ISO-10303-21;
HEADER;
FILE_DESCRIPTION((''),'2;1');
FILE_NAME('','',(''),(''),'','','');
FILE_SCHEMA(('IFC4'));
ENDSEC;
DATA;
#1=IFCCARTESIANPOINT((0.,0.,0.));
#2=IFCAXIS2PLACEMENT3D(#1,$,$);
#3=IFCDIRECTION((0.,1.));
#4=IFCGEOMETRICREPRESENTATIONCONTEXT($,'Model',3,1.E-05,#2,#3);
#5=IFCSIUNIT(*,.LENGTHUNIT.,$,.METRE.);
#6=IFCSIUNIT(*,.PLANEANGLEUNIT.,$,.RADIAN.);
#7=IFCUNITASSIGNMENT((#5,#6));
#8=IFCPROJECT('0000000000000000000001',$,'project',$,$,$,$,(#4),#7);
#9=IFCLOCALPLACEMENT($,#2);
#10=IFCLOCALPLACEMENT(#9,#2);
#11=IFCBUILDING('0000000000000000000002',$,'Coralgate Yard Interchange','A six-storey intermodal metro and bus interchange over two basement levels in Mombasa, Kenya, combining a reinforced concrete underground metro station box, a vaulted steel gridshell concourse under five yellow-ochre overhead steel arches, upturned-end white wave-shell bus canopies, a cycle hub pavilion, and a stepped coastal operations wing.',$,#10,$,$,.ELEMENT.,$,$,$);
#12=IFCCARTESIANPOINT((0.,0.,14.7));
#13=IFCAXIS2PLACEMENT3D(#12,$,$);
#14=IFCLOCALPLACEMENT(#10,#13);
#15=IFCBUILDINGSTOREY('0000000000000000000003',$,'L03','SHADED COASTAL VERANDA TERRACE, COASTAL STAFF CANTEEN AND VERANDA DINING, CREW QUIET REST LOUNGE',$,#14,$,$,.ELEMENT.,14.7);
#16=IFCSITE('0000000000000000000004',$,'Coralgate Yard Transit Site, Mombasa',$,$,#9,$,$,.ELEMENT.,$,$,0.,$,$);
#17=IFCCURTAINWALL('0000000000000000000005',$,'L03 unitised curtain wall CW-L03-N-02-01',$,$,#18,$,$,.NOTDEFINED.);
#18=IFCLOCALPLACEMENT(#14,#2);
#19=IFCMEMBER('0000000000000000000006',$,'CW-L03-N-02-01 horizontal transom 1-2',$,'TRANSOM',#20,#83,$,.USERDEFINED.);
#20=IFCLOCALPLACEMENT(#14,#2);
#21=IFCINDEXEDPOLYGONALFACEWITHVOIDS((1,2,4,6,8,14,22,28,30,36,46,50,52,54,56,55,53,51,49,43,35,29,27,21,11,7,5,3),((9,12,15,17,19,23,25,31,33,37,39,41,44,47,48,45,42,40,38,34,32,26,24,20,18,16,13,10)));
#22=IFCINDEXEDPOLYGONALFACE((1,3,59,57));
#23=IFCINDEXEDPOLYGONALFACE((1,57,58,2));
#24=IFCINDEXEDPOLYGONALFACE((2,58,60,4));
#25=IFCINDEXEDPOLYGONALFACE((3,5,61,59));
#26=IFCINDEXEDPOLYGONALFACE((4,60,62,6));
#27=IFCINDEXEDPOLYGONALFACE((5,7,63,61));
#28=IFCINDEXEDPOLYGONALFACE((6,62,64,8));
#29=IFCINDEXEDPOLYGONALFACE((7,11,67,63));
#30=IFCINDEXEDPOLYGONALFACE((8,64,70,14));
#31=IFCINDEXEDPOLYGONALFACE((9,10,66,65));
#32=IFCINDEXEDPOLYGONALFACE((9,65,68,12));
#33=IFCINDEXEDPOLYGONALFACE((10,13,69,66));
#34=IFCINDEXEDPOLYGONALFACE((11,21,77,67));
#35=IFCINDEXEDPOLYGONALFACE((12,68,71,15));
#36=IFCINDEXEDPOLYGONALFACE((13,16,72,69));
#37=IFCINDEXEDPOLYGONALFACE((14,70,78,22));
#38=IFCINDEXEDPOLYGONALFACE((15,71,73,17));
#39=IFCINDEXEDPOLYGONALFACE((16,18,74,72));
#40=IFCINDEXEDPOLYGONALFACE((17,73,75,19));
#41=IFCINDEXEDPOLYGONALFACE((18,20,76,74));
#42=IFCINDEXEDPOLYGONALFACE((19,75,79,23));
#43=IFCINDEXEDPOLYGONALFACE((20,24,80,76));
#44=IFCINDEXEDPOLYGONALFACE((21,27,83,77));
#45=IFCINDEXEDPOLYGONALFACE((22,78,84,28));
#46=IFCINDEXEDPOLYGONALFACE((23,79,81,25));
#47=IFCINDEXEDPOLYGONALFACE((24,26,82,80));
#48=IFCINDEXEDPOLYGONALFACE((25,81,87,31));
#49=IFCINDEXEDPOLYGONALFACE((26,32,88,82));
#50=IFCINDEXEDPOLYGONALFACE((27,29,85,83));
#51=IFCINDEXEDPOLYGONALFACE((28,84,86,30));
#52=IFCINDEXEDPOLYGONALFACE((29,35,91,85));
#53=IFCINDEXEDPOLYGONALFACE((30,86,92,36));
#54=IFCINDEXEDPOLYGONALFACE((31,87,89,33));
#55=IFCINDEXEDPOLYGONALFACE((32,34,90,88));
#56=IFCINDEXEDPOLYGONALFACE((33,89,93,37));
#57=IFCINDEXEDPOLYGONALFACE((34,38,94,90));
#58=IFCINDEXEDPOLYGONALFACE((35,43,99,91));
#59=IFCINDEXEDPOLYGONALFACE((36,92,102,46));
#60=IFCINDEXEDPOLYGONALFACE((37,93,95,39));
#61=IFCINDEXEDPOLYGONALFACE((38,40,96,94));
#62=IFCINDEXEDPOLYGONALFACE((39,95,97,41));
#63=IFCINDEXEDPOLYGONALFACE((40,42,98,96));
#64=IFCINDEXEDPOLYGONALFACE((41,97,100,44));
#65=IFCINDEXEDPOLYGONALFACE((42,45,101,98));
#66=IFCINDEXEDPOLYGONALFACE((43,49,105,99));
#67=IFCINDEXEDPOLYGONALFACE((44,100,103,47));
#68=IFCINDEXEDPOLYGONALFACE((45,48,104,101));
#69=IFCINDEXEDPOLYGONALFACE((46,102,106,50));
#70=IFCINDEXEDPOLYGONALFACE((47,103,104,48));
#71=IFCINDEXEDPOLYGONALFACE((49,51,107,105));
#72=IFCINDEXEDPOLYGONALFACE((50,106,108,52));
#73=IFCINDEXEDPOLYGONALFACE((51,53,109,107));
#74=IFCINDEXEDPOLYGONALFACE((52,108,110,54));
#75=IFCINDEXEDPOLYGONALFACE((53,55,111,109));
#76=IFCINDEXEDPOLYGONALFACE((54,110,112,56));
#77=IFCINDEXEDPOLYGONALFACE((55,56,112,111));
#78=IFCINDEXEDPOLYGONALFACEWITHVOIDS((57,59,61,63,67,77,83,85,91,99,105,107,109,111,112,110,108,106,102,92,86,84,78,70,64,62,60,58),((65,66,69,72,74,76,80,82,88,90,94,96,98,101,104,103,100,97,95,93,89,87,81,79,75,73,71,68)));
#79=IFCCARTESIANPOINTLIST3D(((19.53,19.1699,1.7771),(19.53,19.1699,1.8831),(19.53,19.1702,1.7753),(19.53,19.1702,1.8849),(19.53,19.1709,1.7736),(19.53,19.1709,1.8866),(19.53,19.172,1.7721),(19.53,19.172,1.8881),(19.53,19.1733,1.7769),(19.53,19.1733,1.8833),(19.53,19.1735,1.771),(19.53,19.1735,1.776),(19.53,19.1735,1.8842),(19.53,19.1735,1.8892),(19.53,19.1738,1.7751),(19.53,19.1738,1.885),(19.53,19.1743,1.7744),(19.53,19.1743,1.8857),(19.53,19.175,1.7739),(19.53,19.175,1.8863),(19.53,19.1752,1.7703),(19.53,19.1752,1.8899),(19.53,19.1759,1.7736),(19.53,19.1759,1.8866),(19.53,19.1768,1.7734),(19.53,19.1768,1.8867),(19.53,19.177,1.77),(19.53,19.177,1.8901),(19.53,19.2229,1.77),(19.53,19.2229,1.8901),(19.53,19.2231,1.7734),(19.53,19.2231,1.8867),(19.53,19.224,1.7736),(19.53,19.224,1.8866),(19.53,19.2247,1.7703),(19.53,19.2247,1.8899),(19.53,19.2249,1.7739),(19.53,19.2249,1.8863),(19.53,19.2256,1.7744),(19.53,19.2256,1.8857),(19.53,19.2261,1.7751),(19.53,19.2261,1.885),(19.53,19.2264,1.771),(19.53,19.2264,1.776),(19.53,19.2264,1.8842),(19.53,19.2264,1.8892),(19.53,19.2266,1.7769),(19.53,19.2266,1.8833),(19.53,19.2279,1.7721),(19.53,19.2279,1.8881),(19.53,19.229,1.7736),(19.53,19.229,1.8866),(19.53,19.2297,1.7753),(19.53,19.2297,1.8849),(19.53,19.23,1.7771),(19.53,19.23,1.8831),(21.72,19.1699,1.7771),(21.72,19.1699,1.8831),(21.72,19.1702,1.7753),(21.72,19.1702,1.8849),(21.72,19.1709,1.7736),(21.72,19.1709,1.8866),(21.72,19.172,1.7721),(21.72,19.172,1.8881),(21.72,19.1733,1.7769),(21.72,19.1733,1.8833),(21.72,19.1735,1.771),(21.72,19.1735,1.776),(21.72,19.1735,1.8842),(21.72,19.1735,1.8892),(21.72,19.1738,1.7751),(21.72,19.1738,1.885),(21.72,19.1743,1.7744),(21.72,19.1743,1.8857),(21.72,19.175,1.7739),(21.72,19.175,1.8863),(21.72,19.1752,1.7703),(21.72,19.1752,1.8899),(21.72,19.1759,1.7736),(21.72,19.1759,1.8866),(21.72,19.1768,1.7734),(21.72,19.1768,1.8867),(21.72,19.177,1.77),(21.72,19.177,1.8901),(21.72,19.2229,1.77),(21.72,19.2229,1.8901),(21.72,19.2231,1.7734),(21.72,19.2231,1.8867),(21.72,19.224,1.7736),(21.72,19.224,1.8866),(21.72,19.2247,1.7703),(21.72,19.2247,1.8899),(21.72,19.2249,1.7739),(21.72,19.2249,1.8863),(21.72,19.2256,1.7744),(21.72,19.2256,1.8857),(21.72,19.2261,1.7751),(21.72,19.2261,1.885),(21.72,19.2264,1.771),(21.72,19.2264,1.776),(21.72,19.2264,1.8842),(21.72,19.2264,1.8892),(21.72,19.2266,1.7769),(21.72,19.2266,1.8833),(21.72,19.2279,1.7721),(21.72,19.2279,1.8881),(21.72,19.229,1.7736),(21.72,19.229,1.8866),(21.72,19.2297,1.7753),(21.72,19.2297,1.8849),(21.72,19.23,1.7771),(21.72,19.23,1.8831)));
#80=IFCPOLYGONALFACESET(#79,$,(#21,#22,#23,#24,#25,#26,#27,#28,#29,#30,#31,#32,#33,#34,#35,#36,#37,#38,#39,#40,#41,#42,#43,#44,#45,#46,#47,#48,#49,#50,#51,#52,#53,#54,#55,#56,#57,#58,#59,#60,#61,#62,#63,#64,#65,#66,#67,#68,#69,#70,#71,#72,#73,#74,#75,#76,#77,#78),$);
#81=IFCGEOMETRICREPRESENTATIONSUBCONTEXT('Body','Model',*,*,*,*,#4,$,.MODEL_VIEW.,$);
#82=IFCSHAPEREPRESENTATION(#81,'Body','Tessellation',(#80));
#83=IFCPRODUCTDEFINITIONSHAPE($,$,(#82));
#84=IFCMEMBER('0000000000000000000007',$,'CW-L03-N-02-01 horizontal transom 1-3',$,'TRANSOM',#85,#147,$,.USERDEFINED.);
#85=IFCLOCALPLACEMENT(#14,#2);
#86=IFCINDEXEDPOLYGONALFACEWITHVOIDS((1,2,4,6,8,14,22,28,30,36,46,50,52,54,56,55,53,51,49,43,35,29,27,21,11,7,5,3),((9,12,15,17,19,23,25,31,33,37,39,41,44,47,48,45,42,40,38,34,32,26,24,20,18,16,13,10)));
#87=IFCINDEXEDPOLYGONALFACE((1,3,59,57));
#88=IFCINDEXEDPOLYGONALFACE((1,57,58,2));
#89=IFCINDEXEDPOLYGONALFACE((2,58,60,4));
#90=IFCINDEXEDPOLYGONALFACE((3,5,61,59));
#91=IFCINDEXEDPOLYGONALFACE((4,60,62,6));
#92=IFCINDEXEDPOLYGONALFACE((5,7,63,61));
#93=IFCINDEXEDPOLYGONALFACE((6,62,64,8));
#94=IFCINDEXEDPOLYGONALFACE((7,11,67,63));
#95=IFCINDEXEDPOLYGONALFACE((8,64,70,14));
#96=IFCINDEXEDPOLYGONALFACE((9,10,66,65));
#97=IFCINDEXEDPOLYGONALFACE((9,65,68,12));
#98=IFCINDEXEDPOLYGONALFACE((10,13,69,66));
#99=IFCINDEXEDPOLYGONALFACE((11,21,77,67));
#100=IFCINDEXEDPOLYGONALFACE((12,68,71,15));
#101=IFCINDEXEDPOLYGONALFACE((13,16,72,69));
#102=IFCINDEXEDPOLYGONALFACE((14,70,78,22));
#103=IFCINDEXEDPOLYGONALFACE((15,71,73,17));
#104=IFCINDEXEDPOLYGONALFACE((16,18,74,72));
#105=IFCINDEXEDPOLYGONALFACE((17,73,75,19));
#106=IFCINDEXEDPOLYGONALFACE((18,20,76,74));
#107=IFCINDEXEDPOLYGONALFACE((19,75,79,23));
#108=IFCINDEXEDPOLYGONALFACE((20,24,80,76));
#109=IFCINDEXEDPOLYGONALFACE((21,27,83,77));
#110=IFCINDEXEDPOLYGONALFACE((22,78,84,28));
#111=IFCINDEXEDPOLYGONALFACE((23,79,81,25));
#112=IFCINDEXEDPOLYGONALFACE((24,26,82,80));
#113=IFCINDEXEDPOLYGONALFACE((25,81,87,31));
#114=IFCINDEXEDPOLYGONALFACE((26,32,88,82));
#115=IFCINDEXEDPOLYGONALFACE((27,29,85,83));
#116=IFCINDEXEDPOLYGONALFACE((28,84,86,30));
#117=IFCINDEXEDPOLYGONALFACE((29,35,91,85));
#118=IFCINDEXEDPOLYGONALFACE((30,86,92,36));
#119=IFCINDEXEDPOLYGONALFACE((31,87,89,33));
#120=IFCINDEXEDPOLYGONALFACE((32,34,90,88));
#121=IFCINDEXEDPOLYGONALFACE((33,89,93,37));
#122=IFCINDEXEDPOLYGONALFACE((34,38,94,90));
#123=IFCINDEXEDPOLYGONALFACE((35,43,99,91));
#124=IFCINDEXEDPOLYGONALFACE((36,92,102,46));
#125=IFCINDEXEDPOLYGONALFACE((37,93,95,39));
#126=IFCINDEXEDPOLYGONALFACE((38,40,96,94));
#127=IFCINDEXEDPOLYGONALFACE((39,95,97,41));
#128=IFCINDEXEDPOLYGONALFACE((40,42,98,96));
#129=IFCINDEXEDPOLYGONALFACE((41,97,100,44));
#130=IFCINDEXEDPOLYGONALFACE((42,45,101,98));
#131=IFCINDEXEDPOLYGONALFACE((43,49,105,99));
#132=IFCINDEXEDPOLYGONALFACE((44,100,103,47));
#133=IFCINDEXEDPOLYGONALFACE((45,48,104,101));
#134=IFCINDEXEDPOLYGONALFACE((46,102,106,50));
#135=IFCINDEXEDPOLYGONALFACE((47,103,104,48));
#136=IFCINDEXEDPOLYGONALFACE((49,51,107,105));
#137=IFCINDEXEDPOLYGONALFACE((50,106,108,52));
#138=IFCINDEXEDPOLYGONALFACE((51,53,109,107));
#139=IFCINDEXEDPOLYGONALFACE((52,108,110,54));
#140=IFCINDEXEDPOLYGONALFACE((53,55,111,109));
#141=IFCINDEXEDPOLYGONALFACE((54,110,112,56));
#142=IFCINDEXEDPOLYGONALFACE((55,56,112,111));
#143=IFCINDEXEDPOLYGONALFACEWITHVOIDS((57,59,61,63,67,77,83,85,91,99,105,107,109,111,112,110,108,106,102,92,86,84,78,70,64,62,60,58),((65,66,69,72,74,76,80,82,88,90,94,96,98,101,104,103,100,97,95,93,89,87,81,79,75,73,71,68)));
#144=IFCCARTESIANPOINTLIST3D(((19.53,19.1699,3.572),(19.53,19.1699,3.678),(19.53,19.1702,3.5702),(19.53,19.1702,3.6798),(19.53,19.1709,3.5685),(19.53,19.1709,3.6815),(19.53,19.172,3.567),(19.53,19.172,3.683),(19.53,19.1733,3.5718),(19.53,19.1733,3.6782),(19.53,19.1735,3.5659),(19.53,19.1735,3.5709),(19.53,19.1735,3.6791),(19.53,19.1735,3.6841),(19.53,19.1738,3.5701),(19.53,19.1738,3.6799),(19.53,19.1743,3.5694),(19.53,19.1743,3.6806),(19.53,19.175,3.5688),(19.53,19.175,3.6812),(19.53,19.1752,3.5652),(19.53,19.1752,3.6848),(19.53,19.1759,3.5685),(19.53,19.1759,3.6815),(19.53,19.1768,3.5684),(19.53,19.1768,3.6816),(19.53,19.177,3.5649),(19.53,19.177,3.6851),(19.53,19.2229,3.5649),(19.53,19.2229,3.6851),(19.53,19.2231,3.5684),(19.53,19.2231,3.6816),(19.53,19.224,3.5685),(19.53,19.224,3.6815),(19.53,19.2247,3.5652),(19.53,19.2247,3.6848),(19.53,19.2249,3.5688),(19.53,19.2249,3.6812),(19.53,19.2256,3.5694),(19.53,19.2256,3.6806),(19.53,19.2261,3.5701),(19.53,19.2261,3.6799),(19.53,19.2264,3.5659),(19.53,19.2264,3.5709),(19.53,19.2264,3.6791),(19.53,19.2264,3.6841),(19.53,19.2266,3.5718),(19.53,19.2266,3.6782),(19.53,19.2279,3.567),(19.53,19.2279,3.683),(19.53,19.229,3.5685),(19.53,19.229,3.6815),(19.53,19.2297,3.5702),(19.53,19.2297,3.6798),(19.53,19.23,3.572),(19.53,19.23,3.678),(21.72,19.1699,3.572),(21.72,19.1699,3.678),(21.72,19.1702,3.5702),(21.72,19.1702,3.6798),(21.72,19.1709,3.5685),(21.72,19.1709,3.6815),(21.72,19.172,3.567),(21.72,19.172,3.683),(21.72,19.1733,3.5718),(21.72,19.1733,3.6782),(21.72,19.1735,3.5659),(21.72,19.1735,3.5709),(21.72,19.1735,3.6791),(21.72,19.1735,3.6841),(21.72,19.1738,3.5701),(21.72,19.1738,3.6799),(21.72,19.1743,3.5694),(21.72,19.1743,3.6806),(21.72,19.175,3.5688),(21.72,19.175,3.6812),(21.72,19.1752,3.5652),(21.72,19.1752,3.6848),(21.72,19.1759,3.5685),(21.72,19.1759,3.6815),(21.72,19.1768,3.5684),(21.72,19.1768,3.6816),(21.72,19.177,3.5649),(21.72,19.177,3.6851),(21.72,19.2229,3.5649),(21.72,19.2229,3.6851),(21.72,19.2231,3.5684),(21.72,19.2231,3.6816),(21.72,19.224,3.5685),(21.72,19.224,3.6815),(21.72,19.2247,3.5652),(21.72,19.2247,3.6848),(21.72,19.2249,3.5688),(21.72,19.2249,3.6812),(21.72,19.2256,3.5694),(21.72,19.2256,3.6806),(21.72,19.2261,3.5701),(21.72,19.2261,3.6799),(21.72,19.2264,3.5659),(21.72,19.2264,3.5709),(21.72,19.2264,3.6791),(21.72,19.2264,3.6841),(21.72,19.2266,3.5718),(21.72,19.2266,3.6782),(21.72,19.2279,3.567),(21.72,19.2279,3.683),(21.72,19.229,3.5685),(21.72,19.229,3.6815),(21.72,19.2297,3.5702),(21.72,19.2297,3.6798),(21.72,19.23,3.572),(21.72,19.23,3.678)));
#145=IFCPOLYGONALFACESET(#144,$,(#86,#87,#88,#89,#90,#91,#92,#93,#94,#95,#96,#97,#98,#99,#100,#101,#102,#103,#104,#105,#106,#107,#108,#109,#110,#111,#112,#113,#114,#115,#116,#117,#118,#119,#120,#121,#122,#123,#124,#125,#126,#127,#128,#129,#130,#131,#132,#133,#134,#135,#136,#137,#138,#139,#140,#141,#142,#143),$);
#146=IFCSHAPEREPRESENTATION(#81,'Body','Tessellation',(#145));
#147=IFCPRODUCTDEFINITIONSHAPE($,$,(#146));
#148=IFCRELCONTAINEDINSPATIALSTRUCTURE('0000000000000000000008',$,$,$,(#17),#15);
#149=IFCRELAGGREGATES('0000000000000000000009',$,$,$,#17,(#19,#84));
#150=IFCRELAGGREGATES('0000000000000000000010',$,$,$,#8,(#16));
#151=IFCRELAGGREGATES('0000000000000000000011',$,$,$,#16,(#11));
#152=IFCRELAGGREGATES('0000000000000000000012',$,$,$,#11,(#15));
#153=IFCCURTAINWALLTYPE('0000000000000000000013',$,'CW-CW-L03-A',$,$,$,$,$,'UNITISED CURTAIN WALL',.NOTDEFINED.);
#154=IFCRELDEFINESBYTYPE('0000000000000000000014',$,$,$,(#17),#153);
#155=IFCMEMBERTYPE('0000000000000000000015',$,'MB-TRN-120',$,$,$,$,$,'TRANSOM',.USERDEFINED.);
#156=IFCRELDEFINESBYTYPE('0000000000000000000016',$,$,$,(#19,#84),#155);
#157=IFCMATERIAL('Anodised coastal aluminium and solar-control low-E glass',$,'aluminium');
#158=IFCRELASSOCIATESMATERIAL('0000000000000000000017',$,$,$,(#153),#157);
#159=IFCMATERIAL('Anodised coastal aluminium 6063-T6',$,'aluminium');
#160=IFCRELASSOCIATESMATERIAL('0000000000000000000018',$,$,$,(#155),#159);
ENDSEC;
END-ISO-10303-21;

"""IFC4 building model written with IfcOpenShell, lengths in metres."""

from ifc_helpers import new_model, si_unit, direction, frame, origin, origin_2d, place, context, subcontext, project, spatial, hollow_rectangle, extrude, material, material_profile, profile_set, type_object, element, aggregate, save


model = new_model("IFC4")

# Units and contexts
model_context = context("Model", 3, precision=1e-05, world=origin(), true_north=direction((0.0, 1.0)))
body_context = subcontext(model_context, "Body", "Model", "MODEL_VIEW")
ifc_project = project(units=[si_unit("LENGTHUNIT", "METRE"), si_unit("PLANEANGLEUNIT", "RADIAN")], contexts=[model_context])

# Site, building, storey
site_placement = place(None, origin())
site = spatial("IfcSite", under=ifc_project, at=site_placement, Name="Coralgate Yard Transit Site, Mombasa", CompositionType="ELEMENT", RefElevation=0.0)
building_placement = place(site_placement, origin())
building = spatial("IfcBuilding", under=site, at=building_placement, Name="Coralgate Yard Interchange", Description="A six-storey intermodal metro and bus interchange over two basement levels in Mombasa, Kenya, combining a reinforced concrete underground metro station box, a vaulted steel gridshell concourse under five yellow-ochre overhead steel arches, upturned-end white wave-shell bus canopies, a cycle hub pavilion, and a stepped coastal operations wing.", CompositionType="ELEMENT")
storey_placement = place(building_placement, frame((0.0, 0.0, 14.7)))
storey = spatial("IfcBuildingStorey", under=building, at=storey_placement, Name="L03", Description="SHADED COASTAL VERANDA TERRACE, COASTAL STAFF CANTEEN AND VERANDA DINING, CREW QUIET REST LOUNGE", CompositionType="ELEMENT", Elevation=14.7)

# Curtain wall, members
ifc_material_1 = material(Name="Anodised coastal aluminium and solar-control low-E glass", Category="aluminium")
curtain_wall_type = type_object("IfcCurtainWallType", Name="CW-CW-L03-A", ElementType="UNITISED CURTAIN WALL", PredefinedType="NOTDEFINED", material=ifc_material_1)
curtain_wall_placement = place(storey_placement, origin())
curtain_wall = element("IfcCurtainWall", 1, at=curtain_wall_placement, inside=storey, type_object=curtain_wall_type, Name="L03 unitised curtain wall CW-L03-N-02-01", PredefinedType="NOTDEFINED")
ifc_material_2 = material(Name="Anodised coastal aluminium 6063-T6", Category="aluminium")
ifc_material_profile_1 = material_profile(ifc_material_2, hollow_rectangle(XDim=0.0601, YDim=0.1201, WallThickness=0.0034, InnerFilletRadius=0.0034, OuterFilletRadius=0.0071, at=origin_2d()), Name="ALU 60x120x3.5")
ifc_profile_set_1 = profile_set([ifc_material_profile_1], Name="Anodised coastal aluminium 6063-T6")
member_type_1 = type_object("IfcMemberType", Name="MB-TRN-120", ElementType="TRANSOM", PredefinedType="USERDEFINED", material=ifc_profile_set_1)
member_1_placement = place(storey_placement, frame((19.53, 19.2, 1.8301), z_axis=(1.0, 0.0, 0.0), x_axis=(0.0, 1.0, 0.0)))
member_1 = element("IfcMember", 2, at=member_1_placement, type_object=member_type_1, Name="CW-L03-N-02-01 horizontal transom 1-2", ObjectType="TRANSOM", PredefinedType="USERDEFINED", context=body_context, shape_type="SweptSolid", body=[
    extrude(hollow_rectangle(XDim=0.0601, YDim=0.1201, WallThickness=0.0034, InnerFilletRadius=0.0034, OuterFilletRadius=0.0071, at=origin_2d()), origin(), (0.0, 0.0, 1.0), 2.1899),
])
member_2_placement = place(storey_placement, frame((19.53, 19.2, 3.625), z_axis=(1.0, 0.0, 0.0), x_axis=(0.0, 1.0, 0.0)))
member_2 = element("IfcMember", 3, at=member_2_placement, type_object=member_type_1, Name="CW-L03-N-02-01 horizontal transom 1-3", ObjectType="TRANSOM", PredefinedType="USERDEFINED", context=body_context, shape_type="SweptSolid", body=[
    extrude(hollow_rectangle(XDim=0.0601, YDim=0.1201, WallThickness=0.0034, InnerFilletRadius=0.0034, OuterFilletRadius=0.0071, at=origin_2d()), origin(), (0.0, 0.0, 1.0), 2.1899),
])
aggregate(curtain_wall, [member_1, member_2])

save(model, "model.ifc")
